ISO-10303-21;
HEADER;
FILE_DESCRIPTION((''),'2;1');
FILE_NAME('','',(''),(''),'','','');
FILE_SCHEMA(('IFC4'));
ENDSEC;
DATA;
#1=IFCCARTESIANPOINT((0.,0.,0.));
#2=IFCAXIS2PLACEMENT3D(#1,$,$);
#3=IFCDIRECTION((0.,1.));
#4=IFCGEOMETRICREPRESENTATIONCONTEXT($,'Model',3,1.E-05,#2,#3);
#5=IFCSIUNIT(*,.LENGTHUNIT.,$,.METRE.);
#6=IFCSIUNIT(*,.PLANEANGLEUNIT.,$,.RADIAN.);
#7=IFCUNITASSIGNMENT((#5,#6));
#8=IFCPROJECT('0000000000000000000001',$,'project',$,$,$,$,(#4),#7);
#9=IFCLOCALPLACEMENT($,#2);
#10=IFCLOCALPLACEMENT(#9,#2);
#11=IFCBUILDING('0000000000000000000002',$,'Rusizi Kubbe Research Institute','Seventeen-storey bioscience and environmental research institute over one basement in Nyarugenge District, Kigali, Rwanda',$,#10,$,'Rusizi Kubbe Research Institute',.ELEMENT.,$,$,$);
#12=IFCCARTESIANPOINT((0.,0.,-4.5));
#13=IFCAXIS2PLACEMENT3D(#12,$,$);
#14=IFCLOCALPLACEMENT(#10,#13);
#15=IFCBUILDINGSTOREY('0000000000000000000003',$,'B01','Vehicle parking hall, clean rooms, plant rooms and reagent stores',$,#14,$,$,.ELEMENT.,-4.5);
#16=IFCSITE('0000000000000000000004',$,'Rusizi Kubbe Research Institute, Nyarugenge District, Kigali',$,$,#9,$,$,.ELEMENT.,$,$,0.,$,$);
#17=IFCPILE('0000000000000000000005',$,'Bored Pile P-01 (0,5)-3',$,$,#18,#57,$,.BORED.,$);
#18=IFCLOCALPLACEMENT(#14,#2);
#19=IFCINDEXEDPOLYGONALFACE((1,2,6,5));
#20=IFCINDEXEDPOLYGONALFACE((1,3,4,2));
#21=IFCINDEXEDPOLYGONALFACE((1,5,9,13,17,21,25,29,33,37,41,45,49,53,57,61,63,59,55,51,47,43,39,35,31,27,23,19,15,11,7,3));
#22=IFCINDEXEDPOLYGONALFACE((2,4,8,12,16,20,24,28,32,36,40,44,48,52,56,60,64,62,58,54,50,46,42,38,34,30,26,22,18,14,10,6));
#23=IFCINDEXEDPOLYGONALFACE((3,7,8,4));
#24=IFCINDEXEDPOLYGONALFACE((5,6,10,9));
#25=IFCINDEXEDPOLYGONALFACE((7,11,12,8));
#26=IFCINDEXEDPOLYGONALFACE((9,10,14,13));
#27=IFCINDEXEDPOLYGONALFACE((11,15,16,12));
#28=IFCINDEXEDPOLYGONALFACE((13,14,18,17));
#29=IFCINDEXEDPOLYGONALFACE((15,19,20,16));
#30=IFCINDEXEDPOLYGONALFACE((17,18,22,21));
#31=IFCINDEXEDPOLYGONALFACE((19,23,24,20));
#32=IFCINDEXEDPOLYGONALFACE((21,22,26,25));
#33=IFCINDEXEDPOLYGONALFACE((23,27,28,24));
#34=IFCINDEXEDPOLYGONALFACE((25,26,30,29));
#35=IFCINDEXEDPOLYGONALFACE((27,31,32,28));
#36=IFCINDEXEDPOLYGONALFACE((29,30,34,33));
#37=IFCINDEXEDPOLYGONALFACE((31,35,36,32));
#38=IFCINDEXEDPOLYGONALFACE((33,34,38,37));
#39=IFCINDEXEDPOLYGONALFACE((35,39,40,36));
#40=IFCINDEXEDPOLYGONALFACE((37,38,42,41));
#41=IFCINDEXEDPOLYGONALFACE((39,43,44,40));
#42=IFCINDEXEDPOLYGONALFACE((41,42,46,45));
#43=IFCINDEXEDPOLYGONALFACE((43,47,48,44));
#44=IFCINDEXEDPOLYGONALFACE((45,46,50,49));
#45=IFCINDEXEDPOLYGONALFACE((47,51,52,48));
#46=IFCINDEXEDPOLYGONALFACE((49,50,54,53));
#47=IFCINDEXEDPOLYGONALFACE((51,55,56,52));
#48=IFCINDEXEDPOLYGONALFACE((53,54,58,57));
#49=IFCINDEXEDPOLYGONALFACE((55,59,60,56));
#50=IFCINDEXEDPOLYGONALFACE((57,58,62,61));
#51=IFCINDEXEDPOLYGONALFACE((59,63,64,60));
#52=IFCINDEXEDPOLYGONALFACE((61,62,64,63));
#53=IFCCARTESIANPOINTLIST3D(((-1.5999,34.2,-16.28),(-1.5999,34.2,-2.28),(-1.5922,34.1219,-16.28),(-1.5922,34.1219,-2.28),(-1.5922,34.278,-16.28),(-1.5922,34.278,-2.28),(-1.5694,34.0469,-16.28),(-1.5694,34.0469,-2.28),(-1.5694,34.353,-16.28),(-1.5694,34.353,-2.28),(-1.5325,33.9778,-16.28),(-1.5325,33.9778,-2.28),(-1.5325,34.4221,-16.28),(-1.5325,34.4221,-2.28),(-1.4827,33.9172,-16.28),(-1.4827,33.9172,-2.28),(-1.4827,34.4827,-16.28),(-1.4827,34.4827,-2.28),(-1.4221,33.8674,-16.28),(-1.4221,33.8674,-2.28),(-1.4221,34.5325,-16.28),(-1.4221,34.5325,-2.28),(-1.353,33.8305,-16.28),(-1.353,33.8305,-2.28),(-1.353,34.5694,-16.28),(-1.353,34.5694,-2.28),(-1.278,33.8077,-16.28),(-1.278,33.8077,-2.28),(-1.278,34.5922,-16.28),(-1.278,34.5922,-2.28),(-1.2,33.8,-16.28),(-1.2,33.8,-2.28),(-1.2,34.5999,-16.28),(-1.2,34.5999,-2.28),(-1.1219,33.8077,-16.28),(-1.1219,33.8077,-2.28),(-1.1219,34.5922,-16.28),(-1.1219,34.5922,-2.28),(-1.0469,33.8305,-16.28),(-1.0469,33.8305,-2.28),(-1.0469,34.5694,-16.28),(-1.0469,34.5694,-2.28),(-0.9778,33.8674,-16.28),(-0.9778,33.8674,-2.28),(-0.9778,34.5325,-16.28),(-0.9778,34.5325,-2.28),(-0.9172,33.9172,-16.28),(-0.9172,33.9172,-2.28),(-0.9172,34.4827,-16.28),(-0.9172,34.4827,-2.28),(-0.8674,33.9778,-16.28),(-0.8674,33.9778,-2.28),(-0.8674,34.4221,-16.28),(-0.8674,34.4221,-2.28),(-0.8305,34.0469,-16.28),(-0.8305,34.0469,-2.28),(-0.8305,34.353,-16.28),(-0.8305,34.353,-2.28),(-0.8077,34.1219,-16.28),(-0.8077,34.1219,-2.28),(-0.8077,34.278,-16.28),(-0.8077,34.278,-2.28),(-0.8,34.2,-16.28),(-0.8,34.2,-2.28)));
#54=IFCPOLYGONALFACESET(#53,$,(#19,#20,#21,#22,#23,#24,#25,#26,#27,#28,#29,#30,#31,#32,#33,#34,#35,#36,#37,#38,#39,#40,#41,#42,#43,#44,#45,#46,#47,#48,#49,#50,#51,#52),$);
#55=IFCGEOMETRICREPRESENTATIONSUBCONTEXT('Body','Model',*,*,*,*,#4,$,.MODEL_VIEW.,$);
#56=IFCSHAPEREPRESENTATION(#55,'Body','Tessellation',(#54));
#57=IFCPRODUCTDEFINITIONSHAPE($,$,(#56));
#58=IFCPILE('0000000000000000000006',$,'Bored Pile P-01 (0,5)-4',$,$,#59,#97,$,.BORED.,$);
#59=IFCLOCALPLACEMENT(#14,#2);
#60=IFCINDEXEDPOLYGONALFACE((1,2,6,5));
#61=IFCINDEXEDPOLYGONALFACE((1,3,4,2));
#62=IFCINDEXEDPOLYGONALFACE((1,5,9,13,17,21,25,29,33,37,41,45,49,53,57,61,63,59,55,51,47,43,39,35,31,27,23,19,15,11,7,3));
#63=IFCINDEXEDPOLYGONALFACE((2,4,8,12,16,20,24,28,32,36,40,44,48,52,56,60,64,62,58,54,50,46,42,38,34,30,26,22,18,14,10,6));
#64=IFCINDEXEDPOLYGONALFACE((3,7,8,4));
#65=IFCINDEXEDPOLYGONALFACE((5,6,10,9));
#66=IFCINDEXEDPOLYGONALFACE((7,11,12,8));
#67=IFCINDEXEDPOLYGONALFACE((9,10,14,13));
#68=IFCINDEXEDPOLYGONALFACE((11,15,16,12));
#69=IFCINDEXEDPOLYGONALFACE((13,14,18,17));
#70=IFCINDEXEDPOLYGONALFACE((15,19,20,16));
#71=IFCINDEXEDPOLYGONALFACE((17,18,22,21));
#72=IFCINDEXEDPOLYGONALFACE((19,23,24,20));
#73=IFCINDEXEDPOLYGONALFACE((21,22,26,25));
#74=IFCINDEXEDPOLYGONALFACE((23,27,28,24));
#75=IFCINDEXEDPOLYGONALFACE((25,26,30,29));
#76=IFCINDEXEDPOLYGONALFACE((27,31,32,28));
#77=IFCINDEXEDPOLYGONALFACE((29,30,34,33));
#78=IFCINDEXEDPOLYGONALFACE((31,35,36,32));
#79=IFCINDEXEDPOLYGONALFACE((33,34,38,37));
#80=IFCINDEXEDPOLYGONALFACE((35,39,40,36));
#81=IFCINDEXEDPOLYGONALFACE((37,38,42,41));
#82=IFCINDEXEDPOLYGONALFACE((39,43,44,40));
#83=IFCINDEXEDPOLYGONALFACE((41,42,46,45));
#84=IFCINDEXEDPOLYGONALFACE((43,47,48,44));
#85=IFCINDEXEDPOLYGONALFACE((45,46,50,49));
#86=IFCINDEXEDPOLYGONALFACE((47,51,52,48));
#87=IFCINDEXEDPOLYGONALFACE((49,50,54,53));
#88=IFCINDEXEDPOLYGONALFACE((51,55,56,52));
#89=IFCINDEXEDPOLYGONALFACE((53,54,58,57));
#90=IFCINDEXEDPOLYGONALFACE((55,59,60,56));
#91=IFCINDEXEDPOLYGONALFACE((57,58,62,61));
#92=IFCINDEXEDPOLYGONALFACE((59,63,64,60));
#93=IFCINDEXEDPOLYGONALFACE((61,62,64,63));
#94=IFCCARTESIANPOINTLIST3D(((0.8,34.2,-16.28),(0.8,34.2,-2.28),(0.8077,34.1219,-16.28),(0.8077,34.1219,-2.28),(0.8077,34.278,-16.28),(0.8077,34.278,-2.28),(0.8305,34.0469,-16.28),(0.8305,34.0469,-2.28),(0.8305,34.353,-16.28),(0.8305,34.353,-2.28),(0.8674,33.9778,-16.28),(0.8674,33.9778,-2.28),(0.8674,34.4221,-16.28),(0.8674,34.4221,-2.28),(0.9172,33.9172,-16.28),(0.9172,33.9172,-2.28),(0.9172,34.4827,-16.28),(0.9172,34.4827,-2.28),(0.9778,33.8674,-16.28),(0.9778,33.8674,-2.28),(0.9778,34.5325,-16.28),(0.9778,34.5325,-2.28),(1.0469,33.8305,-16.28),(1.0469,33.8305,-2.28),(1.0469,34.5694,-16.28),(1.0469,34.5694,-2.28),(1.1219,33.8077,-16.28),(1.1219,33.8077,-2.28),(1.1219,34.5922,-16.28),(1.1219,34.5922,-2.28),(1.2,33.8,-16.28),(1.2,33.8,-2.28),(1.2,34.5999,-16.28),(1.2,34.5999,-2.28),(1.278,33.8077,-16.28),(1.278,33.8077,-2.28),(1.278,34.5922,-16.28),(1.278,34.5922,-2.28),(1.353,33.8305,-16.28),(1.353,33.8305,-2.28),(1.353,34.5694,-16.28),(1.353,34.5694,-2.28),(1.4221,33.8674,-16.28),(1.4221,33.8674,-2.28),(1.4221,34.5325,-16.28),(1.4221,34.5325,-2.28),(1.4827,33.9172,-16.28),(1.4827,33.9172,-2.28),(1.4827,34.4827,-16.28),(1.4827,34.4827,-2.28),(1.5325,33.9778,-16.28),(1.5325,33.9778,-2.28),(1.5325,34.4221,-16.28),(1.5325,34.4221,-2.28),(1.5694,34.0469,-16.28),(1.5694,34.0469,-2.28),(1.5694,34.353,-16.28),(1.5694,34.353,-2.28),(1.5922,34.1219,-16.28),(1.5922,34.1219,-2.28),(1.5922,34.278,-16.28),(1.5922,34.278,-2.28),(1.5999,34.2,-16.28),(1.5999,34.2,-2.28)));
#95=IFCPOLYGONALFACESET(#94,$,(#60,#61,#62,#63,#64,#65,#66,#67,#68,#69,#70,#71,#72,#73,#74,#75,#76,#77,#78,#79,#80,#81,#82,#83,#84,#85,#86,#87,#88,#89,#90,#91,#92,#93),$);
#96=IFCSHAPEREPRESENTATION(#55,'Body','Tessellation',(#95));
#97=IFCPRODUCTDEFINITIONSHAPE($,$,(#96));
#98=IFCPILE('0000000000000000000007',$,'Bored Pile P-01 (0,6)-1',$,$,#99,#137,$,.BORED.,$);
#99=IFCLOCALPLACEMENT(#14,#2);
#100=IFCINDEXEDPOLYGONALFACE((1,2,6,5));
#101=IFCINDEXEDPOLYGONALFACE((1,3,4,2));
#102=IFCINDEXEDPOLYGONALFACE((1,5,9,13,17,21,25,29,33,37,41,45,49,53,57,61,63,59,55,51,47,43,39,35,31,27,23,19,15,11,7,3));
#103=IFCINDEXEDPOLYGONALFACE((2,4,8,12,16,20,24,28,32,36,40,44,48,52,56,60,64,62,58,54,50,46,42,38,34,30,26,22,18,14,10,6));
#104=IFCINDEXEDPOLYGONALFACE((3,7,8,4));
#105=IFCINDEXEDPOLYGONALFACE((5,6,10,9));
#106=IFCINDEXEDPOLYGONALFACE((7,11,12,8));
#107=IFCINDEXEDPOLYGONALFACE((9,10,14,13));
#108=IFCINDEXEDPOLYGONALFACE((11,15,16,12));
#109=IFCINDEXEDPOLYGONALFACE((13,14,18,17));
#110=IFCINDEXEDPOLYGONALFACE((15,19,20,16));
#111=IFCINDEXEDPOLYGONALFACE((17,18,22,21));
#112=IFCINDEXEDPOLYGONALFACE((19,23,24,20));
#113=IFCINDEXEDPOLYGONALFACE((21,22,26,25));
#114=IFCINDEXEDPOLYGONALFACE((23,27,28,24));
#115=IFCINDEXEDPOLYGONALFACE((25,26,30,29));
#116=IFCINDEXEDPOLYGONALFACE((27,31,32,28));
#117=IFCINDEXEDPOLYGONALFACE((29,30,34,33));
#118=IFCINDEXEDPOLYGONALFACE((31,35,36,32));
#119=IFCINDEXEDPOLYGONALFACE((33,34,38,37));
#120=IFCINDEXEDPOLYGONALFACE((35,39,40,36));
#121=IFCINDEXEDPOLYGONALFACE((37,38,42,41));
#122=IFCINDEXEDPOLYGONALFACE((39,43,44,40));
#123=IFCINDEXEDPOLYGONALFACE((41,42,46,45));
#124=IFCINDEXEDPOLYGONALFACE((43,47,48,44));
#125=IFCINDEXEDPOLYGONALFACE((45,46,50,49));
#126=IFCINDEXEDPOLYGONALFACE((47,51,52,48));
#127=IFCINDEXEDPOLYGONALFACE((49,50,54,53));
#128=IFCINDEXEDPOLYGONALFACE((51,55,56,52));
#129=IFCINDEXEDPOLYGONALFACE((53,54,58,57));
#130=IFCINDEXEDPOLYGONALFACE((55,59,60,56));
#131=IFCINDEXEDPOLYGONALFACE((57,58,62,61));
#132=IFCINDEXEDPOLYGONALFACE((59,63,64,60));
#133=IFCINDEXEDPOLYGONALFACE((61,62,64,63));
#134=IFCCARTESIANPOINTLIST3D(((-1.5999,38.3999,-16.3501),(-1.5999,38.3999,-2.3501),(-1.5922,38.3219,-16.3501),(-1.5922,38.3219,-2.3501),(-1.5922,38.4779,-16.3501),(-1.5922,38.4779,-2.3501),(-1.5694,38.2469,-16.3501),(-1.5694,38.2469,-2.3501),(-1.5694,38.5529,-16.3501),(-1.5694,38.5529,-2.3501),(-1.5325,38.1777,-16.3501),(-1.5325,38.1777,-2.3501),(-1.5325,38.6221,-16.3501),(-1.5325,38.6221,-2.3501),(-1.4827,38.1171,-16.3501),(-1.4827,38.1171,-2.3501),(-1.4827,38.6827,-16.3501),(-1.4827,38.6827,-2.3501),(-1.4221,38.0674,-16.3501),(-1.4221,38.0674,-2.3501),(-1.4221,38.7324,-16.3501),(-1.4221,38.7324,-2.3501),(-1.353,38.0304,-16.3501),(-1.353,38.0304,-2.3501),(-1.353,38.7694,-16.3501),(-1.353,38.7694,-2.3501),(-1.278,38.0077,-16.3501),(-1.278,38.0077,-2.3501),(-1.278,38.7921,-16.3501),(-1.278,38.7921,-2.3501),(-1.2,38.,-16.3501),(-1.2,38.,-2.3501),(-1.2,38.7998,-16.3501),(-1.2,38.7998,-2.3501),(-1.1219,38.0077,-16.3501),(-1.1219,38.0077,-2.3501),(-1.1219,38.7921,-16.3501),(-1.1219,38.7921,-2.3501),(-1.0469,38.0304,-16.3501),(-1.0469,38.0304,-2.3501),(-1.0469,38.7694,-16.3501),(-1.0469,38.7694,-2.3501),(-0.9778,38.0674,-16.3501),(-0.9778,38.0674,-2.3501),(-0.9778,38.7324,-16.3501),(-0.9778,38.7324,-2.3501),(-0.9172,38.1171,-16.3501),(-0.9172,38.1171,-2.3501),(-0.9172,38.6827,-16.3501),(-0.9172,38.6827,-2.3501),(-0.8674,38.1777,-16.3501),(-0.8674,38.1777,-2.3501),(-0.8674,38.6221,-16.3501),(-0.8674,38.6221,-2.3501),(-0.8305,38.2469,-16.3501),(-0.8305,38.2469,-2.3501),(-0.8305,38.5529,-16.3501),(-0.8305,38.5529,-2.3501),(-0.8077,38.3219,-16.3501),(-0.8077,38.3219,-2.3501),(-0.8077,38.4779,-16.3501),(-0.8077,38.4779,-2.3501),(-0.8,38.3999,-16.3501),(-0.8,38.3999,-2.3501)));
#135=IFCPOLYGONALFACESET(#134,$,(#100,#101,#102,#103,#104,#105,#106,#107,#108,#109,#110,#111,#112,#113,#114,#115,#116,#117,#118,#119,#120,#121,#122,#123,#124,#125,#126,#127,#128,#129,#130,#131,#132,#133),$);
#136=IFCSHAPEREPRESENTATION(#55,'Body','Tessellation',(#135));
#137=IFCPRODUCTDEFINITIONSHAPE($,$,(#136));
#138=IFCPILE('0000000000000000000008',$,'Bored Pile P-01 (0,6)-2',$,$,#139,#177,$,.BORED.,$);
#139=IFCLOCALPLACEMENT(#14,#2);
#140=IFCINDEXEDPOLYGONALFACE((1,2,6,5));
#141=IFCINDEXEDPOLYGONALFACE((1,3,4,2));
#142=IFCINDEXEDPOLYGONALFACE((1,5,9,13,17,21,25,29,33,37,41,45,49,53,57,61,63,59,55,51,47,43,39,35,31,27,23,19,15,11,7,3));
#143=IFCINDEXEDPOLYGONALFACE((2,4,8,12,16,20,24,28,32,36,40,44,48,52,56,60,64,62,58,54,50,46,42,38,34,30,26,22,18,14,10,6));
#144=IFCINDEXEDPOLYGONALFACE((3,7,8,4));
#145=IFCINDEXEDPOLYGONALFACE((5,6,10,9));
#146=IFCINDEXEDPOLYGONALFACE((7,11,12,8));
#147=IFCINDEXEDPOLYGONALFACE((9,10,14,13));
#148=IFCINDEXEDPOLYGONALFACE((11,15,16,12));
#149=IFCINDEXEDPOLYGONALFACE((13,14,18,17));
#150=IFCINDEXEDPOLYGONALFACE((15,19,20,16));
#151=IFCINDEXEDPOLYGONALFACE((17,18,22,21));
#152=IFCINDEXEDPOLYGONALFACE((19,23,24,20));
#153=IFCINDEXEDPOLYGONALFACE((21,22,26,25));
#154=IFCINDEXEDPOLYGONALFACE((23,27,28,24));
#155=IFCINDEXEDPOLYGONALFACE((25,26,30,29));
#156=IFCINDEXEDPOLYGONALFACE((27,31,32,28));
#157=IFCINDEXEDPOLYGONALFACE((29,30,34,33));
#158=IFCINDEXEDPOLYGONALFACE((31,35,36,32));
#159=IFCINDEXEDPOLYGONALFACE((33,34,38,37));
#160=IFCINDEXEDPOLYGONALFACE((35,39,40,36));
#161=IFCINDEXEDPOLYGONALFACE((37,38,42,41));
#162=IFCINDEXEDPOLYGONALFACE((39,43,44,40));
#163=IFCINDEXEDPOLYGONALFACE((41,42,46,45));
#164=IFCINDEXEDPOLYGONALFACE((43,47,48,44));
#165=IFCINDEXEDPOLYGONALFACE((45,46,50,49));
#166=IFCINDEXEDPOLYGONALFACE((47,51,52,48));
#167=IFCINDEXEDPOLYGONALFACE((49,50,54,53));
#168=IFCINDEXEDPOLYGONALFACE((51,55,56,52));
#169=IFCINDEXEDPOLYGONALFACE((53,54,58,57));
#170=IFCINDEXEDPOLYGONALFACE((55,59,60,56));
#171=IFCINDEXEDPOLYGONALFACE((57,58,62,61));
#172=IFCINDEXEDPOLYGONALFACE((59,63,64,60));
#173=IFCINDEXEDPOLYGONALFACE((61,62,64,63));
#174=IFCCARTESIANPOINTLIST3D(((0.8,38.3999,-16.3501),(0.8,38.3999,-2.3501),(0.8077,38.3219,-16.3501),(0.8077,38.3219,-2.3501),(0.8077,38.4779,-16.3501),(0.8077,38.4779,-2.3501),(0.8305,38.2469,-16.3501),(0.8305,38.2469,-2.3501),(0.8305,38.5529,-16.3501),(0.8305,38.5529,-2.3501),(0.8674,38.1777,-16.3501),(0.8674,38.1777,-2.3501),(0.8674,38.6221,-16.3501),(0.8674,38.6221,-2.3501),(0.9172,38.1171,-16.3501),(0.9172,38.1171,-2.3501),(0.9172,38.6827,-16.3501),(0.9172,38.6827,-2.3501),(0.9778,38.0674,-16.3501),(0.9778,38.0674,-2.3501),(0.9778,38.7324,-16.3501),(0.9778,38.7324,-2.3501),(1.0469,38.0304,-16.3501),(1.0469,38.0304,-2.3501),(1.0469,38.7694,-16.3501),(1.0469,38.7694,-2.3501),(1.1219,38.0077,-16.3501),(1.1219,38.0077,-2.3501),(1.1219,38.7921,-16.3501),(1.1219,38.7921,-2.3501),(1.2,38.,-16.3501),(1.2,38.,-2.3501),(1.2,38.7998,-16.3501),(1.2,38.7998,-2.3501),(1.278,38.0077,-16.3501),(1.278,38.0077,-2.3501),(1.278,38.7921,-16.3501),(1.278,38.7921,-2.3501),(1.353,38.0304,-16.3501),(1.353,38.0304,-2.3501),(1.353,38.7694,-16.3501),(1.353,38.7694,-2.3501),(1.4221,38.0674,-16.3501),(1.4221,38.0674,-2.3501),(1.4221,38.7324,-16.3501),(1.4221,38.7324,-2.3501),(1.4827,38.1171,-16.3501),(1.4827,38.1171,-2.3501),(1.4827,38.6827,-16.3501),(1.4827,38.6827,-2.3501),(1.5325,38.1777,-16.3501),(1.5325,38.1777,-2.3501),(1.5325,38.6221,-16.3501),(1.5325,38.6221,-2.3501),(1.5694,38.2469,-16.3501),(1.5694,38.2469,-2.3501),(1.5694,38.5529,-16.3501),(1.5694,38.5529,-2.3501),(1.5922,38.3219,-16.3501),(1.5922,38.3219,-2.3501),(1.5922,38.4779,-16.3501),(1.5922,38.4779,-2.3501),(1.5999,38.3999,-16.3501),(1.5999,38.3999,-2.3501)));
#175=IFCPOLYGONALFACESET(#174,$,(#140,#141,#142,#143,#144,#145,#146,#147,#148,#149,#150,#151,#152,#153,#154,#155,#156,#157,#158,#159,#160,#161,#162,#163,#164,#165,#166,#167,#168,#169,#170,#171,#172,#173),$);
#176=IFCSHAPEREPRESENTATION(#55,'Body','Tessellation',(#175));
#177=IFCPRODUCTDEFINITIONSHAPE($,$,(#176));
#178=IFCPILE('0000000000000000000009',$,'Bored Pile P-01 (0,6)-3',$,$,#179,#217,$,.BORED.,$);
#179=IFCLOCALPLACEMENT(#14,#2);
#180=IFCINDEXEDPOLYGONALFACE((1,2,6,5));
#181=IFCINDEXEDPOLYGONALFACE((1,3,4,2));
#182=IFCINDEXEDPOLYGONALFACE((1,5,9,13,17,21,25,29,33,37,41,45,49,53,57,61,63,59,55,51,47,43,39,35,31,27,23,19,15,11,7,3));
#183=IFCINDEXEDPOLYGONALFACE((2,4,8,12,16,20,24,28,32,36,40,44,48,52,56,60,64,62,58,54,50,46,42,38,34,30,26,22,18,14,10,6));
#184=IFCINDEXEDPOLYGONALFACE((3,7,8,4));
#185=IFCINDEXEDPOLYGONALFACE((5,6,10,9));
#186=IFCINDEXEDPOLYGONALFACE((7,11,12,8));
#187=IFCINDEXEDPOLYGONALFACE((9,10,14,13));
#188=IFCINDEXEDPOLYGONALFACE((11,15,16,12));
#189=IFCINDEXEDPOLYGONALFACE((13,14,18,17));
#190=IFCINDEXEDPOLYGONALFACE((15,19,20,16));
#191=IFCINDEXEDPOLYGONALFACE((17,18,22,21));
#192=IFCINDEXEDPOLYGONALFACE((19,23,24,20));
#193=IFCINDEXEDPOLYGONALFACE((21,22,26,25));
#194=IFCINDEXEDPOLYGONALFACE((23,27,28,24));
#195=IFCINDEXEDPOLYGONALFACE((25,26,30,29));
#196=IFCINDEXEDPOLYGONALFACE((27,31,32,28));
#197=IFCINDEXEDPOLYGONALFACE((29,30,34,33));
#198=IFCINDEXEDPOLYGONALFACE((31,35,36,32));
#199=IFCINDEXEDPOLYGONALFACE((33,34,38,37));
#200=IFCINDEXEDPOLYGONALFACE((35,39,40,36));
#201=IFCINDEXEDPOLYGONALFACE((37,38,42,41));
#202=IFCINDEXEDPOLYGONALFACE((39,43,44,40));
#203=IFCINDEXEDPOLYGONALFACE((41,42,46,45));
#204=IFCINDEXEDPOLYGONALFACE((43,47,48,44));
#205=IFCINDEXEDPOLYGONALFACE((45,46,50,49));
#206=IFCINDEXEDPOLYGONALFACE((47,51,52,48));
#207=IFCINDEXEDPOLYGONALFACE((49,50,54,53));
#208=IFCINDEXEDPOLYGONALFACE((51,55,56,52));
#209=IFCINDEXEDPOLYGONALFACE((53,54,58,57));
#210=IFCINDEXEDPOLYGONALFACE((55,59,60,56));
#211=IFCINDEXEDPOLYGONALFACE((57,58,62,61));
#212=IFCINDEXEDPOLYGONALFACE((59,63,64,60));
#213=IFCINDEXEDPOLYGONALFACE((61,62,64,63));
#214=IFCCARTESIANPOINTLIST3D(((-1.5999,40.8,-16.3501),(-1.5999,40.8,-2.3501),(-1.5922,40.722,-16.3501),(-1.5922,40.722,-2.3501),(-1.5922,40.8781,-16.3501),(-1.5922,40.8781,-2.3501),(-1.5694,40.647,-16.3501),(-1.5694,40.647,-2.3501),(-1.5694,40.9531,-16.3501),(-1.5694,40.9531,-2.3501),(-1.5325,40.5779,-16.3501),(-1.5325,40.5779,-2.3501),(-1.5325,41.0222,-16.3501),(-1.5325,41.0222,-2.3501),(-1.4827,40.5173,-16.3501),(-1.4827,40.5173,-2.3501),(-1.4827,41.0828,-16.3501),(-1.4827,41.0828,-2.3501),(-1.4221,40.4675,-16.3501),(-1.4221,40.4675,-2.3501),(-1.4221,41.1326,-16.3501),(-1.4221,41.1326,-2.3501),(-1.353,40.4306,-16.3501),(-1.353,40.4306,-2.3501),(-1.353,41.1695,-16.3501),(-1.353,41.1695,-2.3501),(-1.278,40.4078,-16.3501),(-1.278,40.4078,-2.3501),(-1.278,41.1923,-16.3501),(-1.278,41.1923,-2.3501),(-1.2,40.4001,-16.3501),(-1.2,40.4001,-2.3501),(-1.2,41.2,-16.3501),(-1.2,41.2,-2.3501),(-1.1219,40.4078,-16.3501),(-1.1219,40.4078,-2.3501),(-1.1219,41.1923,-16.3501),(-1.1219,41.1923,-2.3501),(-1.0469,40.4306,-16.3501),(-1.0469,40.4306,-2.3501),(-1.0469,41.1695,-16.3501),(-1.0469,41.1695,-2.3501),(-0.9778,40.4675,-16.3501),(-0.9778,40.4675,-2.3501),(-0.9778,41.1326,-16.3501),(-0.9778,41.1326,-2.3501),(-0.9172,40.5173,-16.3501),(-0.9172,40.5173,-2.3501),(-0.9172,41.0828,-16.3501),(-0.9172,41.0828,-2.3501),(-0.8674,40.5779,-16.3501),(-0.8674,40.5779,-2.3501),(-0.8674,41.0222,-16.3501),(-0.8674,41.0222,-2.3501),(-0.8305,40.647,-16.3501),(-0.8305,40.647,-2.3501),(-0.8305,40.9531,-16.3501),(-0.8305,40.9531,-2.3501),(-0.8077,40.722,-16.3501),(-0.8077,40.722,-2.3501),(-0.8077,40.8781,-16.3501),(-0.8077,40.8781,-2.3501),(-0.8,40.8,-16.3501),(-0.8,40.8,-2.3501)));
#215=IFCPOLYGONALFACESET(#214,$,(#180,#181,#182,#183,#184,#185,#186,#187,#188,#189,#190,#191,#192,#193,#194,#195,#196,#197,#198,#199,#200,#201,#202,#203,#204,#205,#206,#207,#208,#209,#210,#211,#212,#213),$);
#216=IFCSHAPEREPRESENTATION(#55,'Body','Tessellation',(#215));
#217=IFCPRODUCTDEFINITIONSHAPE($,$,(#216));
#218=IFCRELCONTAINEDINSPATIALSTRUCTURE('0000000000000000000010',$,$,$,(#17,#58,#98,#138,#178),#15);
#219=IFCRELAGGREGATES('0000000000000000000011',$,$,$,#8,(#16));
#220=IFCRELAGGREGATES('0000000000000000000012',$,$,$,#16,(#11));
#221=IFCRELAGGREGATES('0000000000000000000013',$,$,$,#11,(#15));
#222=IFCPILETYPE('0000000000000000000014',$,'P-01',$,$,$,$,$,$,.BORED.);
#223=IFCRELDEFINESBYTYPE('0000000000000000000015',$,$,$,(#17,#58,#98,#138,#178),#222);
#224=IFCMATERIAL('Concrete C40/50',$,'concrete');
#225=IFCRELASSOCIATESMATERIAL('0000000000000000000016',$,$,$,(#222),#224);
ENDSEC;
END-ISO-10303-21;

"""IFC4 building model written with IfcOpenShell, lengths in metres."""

from ifc_helpers import new_model, si_unit, direction, frame, origin, origin_2d, place, context, subcontext, project, spatial, circle, extrude, material, material_profile, profile_set, type_object, element, save


model = new_model("IFC4")

# Units and contexts
model_context = context("Model", 3, precision=1e-05, world=origin(), true_north=direction((0.0, 1.0)))
body_context = subcontext(model_context, "Body", "Model", "MODEL_VIEW")
ifc_project = project(units=[si_unit("LENGTHUNIT", "METRE"), si_unit("PLANEANGLEUNIT", "RADIAN")], contexts=[model_context])

# Site, building, storey
site_placement = place(None, origin())
site = spatial("IfcSite", under=ifc_project, at=site_placement, Name="Rusizi Kubbe Research Institute, Nyarugenge District, Kigali", CompositionType="ELEMENT", RefElevation=0.0)
building_placement = place(site_placement, origin())
building = spatial("IfcBuilding", under=site, at=building_placement, Name="Rusizi Kubbe Research Institute", Description="Seventeen-storey bioscience and environmental research institute over one basement in Nyarugenge District, Kigali, Rwanda", LongName="Rusizi Kubbe Research Institute", CompositionType="ELEMENT")
storey_placement = place(building_placement, frame((0.0, 0.0, -4.5)))
storey = spatial("IfcBuildingStorey", under=building, at=storey_placement, Name="B01", Description="Vehicle parking hall, clean rooms, plant rooms and reagent stores", CompositionType="ELEMENT", Elevation=-4.5)

# Piles
ifc_material_1 = material(Name="Concrete C40/50", Category="concrete")
ifc_material_profile_1 = material_profile(ifc_material_1, circle(Radius=0.3999, at=origin_2d()), Name="PILE-D800")
ifc_profile_set_1 = profile_set([ifc_material_profile_1], Name="Concrete C40/50")
pile_type_1 = type_object("IfcPileType", Name="P-01", PredefinedType="BORED", material=ifc_profile_set_1)
for number, where, z_axis, x_axis, name in (
    (1, (-1.2, 34.2, -2.28), (0.0, 0.0, -1.0), (1.0, 0.0, 0.0), "Bored Pile P-01 (0,5)-3"),
    (2, (1.2, 34.2, -2.28), (0.0, 0.0, -1.0), (1.0, 0.0, 0.0), "Bored Pile P-01 (0,5)-4"),
    (3, (-1.2, 38.3999, -2.3501), (0.0, 0.0, -1.0), (1.0, 0.0, 0.0), "Bored Pile P-01 (0,6)-1"),
    (4, (1.2, 38.3999, -2.3501), (0.0, 0.0, -1.0), (1.0, 0.0, 0.0), "Bored Pile P-01 (0,6)-2"),
    (5, (-1.2, 40.8, -2.3501), (0.0, 0.0, -1.0), (1.0, 0.0, 0.0), "Bored Pile P-01 (0,6)-3"),
):
    element("IfcPile", number, at=place(storey_placement, frame(where, z_axis=z_axis, x_axis=x_axis)), inside=storey, type_object=pile_type_1, Name=name, PredefinedType="BORED", context=body_context, shape_type="SweptSolid", body=[
        extrude(circle(Radius=0.3999, at=origin_2d()), origin(), (0.0, 0.0, 1.0), 14.0),
    ])

save(model, "model.ifc")
